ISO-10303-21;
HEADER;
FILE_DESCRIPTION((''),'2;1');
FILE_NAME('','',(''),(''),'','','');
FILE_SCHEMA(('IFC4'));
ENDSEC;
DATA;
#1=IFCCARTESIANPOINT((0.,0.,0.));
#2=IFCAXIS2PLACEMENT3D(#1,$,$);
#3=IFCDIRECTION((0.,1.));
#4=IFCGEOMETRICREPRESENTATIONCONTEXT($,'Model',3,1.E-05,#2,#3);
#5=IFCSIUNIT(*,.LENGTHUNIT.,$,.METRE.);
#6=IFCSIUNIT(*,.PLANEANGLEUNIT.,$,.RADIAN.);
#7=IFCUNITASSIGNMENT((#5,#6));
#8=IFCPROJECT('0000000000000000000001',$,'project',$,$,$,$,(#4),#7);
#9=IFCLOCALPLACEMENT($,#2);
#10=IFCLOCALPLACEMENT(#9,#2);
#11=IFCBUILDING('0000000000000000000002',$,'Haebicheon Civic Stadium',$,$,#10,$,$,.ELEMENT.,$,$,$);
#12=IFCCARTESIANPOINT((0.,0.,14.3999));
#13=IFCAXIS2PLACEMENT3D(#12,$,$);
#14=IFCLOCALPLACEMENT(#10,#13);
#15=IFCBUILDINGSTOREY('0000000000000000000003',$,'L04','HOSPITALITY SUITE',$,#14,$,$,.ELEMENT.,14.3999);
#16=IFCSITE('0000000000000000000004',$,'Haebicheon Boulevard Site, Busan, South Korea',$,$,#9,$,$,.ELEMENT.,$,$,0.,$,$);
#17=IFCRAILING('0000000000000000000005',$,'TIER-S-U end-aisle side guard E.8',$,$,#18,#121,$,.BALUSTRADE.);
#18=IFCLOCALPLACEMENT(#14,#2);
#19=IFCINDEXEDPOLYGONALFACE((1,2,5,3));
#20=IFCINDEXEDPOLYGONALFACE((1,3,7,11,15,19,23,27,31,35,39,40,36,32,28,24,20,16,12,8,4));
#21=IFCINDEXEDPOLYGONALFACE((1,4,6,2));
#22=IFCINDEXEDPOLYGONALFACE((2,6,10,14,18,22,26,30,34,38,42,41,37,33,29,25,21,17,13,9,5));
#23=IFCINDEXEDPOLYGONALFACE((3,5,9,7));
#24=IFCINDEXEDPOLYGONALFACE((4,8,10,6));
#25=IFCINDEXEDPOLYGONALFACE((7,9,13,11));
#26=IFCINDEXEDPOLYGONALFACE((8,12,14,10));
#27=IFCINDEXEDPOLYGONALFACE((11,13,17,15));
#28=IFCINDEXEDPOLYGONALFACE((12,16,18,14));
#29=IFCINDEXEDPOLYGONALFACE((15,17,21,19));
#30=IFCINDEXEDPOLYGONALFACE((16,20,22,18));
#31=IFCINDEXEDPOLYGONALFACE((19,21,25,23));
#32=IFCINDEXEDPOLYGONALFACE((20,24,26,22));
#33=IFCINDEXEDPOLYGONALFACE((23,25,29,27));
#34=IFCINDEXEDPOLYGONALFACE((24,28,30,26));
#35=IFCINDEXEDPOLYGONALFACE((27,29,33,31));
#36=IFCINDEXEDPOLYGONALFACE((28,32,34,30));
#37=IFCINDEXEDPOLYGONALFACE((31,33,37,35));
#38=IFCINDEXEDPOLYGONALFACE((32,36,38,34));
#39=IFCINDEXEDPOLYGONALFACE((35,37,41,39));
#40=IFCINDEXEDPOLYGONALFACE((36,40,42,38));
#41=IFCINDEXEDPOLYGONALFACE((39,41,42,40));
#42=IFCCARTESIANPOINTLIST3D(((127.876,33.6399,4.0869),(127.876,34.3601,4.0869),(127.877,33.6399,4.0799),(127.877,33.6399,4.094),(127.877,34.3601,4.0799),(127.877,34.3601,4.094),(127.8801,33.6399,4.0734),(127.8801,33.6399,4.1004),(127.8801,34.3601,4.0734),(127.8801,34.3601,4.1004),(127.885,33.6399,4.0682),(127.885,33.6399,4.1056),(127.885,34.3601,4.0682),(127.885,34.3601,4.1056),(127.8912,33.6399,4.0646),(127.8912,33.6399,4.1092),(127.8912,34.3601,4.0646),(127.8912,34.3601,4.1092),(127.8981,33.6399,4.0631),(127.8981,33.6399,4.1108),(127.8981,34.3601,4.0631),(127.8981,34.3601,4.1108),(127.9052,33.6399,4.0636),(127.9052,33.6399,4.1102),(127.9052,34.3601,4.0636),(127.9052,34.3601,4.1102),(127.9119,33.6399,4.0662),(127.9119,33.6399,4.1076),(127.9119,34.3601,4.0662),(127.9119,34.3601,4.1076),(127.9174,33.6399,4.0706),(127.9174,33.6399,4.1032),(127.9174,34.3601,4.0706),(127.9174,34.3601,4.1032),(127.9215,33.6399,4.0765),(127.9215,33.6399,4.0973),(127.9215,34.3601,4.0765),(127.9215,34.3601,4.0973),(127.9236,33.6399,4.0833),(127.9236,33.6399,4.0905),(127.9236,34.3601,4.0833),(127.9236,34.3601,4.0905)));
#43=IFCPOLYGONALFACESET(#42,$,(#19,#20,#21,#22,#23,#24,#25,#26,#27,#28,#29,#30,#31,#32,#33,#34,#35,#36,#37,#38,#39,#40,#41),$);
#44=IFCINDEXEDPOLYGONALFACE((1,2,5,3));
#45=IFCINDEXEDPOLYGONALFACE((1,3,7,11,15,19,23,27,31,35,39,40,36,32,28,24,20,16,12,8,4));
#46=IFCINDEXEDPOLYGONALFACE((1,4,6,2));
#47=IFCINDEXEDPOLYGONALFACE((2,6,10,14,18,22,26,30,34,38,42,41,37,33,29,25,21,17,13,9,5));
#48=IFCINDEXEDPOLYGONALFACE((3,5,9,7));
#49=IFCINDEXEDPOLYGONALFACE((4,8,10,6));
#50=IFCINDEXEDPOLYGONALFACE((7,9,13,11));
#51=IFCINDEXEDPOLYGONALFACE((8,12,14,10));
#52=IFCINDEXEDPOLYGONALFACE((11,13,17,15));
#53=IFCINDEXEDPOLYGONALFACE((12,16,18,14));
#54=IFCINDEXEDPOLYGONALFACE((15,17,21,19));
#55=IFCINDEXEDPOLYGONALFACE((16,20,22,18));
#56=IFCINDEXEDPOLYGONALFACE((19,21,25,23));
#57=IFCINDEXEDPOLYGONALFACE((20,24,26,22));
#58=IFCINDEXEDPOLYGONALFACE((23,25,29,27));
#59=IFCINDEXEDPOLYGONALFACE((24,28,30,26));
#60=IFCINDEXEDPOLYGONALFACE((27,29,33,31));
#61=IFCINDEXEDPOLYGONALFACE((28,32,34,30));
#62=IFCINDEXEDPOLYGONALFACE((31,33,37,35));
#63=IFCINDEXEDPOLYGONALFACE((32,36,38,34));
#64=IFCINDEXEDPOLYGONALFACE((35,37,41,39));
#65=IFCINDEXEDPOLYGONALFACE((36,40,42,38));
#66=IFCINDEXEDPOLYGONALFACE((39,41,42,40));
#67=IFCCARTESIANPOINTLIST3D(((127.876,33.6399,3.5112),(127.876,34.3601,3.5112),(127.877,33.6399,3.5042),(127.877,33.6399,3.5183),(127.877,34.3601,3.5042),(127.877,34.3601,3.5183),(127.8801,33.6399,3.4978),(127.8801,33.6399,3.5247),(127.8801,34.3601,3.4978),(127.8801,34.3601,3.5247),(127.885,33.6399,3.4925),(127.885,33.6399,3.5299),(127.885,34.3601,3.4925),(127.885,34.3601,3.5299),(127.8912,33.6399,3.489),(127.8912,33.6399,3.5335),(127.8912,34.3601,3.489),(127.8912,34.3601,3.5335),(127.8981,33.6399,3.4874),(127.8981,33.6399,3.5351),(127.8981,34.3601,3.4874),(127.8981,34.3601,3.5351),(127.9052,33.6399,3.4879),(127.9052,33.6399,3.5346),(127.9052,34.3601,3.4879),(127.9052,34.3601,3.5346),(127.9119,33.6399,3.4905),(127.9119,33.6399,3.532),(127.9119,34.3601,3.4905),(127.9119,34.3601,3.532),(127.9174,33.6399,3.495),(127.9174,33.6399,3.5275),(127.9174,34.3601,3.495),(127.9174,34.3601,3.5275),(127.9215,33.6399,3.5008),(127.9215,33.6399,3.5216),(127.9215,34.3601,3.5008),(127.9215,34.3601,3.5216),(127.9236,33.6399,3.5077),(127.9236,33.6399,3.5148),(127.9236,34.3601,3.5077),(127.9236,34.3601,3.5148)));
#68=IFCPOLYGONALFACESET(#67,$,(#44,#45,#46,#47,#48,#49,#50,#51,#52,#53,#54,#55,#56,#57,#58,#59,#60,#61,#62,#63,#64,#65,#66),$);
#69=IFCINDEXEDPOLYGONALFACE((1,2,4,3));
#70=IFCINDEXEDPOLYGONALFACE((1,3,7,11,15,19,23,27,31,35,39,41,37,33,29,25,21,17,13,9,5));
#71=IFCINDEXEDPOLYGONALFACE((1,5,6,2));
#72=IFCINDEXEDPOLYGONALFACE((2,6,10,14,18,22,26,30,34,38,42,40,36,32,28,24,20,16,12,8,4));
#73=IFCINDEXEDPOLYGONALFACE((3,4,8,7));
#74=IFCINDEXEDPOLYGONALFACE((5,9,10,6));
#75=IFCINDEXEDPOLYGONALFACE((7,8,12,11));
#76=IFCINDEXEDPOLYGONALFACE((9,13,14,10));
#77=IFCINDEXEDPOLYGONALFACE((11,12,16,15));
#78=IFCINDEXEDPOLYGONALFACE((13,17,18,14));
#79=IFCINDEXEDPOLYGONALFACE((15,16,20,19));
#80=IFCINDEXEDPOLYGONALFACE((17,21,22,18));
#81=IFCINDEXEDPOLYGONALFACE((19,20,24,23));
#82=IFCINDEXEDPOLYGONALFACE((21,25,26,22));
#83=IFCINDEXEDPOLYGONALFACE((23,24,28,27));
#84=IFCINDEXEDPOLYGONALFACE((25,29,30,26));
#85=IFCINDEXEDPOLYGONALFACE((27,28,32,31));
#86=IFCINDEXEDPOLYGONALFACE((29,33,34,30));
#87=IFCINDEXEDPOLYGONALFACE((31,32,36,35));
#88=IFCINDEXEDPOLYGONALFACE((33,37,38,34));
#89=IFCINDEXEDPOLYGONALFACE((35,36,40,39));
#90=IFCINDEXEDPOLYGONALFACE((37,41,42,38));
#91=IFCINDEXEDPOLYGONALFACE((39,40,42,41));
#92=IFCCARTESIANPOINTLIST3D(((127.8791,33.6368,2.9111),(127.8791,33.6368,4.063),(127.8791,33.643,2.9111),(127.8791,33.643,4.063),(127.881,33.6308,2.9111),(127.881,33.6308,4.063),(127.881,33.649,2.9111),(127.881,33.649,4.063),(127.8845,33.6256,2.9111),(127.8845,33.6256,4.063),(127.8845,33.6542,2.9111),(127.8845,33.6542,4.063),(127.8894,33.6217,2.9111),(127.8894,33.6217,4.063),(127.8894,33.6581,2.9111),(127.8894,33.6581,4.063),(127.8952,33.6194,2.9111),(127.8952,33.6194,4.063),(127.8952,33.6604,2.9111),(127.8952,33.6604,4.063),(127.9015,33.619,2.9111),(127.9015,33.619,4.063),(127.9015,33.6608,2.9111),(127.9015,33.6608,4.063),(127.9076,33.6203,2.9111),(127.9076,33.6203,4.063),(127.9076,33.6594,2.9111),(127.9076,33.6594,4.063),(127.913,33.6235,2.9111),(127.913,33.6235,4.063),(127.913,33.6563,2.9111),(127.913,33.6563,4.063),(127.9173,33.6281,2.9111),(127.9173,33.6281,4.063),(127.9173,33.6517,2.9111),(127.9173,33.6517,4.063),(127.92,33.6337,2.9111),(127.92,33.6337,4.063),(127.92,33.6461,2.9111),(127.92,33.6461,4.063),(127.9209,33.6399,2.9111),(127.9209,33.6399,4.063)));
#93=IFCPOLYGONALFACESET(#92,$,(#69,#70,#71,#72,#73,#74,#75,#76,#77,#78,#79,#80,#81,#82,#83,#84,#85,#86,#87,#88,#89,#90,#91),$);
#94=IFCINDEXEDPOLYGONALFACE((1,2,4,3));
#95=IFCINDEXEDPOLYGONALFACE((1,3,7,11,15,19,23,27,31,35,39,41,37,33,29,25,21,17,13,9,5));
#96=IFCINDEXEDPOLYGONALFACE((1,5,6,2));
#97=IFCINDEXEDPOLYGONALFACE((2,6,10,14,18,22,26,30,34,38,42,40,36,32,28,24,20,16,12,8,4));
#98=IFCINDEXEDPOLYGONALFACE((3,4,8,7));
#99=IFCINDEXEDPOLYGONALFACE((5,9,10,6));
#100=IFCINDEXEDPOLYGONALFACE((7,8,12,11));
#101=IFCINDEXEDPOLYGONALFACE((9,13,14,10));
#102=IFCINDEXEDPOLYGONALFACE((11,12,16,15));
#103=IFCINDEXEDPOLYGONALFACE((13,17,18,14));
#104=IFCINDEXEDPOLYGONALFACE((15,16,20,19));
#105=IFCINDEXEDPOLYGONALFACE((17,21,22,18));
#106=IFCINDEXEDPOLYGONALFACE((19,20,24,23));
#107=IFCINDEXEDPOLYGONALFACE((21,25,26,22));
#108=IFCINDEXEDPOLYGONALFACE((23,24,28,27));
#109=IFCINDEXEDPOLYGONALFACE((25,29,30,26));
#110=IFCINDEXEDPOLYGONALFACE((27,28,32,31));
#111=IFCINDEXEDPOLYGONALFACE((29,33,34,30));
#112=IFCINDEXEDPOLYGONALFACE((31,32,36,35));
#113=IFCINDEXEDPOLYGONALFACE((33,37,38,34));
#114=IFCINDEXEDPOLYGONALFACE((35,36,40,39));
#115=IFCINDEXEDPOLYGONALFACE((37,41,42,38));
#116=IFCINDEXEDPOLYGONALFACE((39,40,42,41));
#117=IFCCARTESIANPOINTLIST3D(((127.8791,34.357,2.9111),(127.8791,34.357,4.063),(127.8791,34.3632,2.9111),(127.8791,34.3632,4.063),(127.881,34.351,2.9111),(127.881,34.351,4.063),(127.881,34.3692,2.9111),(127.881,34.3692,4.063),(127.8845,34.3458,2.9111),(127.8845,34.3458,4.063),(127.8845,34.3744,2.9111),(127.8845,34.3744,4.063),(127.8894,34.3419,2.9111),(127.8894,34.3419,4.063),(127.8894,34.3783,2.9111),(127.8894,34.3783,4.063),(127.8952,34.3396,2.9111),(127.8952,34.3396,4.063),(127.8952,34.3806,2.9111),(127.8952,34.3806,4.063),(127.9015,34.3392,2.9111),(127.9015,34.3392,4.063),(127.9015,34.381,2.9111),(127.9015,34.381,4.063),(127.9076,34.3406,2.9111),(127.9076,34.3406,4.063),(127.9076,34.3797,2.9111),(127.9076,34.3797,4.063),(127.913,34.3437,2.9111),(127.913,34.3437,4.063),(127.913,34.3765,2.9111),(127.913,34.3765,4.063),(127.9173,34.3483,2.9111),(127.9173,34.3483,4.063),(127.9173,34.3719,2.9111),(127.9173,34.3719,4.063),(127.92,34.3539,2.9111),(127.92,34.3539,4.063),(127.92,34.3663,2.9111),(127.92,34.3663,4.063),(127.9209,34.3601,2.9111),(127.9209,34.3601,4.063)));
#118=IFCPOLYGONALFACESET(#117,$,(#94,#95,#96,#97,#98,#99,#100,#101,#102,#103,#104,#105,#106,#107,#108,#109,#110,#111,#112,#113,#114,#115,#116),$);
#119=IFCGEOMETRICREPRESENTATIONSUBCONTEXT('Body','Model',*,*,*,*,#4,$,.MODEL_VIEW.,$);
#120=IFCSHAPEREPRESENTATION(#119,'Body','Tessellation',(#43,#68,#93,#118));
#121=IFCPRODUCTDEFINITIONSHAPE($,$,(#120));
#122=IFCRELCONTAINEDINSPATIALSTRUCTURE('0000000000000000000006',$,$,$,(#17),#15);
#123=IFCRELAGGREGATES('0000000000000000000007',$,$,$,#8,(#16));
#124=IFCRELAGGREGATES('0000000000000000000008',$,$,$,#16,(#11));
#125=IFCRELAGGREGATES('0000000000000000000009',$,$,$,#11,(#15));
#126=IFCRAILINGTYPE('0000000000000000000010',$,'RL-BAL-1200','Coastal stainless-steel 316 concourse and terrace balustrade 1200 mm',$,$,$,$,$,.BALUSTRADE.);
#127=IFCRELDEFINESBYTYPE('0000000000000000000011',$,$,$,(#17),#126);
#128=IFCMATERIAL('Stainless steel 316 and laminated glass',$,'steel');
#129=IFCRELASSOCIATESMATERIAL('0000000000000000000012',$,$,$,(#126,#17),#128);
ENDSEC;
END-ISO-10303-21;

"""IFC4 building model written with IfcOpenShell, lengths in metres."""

from ifc_helpers import new_model, si_unit, direction, frame, origin, origin_2d, place, context, subcontext, project, spatial, circle, extrude, material, type_object, element, save


model = new_model("IFC4")

# Units and contexts
model_context = context("Model", 3, precision=1e-05, world=origin(), true_north=direction((0.0, 1.0)))
body_context = subcontext(model_context, "Body", "Model", "MODEL_VIEW")
ifc_project = project(units=[si_unit("LENGTHUNIT", "METRE"), si_unit("PLANEANGLEUNIT", "RADIAN")], contexts=[model_context])

# Site, building, storey
site_placement = place(None, origin())
site = spatial("IfcSite", under=ifc_project, at=site_placement, Name="Haebicheon Boulevard Site, Busan, South Korea", CompositionType="ELEMENT", RefElevation=0.0)
building_placement = place(site_placement, origin())
building = spatial("IfcBuilding", under=site, at=building_placement, Name="Haebicheon Civic Stadium", CompositionType="ELEMENT")
storey_placement = place(building_placement, frame((0.0, 0.0, 14.3999)))
storey = spatial("IfcBuildingStorey", under=building, at=storey_placement, Name="L04", Description="HOSPITALITY SUITE", CompositionType="ELEMENT", Elevation=14.3999)

# Railing
ifc_material_1 = material(Name="Stainless steel 316 and laminated glass", Category="steel")
railing_type = type_object("IfcRailingType", Name="RL-BAL-1200", Description="Coastal stainless-steel 316 concourse and terrace balustrade 1200 mm", PredefinedType="BALUSTRADE", material=ifc_material_1)
railing_1_placement = place(storey_placement, frame((127.8999, 33.6399, 2.9111)))
element("IfcRailing", 1, at=railing_1_placement, inside=storey, type_object=railing_type, material=ifc_material_1, Name="TIER-S-U end-aisle side guard E.8", PredefinedType="BALUSTRADE", context=body_context, shape_type="SweptSolid", body=[
    extrude(circle(Radius=0.0239, at=origin_2d()), frame((0.0, 0.0, 1.1758), z_axis=(0.0, 1.0, 0.0), x_axis=(-1.0, 0.0, 0.0)), (0.0, 0.0, 1.0), 0.7202),
    extrude(circle(Radius=0.0239, at=origin_2d()), frame((0.0, 0.0, 0.6001), z_axis=(0.0, 1.0, 0.0), x_axis=(-1.0, 0.0, 0.0)), (0.0, 0.0, 1.0), 0.7202),
    extrude(circle(Radius=0.021, at=origin_2d()), origin(), (0.0, 0.0, 1.0), 1.1519),
    extrude(circle(Radius=0.021, at=origin_2d()), frame((0.0, 0.7202, 0.0)), (0.0, 0.0, 1.0), 1.1519),
])

save(model, "model.ifc")
